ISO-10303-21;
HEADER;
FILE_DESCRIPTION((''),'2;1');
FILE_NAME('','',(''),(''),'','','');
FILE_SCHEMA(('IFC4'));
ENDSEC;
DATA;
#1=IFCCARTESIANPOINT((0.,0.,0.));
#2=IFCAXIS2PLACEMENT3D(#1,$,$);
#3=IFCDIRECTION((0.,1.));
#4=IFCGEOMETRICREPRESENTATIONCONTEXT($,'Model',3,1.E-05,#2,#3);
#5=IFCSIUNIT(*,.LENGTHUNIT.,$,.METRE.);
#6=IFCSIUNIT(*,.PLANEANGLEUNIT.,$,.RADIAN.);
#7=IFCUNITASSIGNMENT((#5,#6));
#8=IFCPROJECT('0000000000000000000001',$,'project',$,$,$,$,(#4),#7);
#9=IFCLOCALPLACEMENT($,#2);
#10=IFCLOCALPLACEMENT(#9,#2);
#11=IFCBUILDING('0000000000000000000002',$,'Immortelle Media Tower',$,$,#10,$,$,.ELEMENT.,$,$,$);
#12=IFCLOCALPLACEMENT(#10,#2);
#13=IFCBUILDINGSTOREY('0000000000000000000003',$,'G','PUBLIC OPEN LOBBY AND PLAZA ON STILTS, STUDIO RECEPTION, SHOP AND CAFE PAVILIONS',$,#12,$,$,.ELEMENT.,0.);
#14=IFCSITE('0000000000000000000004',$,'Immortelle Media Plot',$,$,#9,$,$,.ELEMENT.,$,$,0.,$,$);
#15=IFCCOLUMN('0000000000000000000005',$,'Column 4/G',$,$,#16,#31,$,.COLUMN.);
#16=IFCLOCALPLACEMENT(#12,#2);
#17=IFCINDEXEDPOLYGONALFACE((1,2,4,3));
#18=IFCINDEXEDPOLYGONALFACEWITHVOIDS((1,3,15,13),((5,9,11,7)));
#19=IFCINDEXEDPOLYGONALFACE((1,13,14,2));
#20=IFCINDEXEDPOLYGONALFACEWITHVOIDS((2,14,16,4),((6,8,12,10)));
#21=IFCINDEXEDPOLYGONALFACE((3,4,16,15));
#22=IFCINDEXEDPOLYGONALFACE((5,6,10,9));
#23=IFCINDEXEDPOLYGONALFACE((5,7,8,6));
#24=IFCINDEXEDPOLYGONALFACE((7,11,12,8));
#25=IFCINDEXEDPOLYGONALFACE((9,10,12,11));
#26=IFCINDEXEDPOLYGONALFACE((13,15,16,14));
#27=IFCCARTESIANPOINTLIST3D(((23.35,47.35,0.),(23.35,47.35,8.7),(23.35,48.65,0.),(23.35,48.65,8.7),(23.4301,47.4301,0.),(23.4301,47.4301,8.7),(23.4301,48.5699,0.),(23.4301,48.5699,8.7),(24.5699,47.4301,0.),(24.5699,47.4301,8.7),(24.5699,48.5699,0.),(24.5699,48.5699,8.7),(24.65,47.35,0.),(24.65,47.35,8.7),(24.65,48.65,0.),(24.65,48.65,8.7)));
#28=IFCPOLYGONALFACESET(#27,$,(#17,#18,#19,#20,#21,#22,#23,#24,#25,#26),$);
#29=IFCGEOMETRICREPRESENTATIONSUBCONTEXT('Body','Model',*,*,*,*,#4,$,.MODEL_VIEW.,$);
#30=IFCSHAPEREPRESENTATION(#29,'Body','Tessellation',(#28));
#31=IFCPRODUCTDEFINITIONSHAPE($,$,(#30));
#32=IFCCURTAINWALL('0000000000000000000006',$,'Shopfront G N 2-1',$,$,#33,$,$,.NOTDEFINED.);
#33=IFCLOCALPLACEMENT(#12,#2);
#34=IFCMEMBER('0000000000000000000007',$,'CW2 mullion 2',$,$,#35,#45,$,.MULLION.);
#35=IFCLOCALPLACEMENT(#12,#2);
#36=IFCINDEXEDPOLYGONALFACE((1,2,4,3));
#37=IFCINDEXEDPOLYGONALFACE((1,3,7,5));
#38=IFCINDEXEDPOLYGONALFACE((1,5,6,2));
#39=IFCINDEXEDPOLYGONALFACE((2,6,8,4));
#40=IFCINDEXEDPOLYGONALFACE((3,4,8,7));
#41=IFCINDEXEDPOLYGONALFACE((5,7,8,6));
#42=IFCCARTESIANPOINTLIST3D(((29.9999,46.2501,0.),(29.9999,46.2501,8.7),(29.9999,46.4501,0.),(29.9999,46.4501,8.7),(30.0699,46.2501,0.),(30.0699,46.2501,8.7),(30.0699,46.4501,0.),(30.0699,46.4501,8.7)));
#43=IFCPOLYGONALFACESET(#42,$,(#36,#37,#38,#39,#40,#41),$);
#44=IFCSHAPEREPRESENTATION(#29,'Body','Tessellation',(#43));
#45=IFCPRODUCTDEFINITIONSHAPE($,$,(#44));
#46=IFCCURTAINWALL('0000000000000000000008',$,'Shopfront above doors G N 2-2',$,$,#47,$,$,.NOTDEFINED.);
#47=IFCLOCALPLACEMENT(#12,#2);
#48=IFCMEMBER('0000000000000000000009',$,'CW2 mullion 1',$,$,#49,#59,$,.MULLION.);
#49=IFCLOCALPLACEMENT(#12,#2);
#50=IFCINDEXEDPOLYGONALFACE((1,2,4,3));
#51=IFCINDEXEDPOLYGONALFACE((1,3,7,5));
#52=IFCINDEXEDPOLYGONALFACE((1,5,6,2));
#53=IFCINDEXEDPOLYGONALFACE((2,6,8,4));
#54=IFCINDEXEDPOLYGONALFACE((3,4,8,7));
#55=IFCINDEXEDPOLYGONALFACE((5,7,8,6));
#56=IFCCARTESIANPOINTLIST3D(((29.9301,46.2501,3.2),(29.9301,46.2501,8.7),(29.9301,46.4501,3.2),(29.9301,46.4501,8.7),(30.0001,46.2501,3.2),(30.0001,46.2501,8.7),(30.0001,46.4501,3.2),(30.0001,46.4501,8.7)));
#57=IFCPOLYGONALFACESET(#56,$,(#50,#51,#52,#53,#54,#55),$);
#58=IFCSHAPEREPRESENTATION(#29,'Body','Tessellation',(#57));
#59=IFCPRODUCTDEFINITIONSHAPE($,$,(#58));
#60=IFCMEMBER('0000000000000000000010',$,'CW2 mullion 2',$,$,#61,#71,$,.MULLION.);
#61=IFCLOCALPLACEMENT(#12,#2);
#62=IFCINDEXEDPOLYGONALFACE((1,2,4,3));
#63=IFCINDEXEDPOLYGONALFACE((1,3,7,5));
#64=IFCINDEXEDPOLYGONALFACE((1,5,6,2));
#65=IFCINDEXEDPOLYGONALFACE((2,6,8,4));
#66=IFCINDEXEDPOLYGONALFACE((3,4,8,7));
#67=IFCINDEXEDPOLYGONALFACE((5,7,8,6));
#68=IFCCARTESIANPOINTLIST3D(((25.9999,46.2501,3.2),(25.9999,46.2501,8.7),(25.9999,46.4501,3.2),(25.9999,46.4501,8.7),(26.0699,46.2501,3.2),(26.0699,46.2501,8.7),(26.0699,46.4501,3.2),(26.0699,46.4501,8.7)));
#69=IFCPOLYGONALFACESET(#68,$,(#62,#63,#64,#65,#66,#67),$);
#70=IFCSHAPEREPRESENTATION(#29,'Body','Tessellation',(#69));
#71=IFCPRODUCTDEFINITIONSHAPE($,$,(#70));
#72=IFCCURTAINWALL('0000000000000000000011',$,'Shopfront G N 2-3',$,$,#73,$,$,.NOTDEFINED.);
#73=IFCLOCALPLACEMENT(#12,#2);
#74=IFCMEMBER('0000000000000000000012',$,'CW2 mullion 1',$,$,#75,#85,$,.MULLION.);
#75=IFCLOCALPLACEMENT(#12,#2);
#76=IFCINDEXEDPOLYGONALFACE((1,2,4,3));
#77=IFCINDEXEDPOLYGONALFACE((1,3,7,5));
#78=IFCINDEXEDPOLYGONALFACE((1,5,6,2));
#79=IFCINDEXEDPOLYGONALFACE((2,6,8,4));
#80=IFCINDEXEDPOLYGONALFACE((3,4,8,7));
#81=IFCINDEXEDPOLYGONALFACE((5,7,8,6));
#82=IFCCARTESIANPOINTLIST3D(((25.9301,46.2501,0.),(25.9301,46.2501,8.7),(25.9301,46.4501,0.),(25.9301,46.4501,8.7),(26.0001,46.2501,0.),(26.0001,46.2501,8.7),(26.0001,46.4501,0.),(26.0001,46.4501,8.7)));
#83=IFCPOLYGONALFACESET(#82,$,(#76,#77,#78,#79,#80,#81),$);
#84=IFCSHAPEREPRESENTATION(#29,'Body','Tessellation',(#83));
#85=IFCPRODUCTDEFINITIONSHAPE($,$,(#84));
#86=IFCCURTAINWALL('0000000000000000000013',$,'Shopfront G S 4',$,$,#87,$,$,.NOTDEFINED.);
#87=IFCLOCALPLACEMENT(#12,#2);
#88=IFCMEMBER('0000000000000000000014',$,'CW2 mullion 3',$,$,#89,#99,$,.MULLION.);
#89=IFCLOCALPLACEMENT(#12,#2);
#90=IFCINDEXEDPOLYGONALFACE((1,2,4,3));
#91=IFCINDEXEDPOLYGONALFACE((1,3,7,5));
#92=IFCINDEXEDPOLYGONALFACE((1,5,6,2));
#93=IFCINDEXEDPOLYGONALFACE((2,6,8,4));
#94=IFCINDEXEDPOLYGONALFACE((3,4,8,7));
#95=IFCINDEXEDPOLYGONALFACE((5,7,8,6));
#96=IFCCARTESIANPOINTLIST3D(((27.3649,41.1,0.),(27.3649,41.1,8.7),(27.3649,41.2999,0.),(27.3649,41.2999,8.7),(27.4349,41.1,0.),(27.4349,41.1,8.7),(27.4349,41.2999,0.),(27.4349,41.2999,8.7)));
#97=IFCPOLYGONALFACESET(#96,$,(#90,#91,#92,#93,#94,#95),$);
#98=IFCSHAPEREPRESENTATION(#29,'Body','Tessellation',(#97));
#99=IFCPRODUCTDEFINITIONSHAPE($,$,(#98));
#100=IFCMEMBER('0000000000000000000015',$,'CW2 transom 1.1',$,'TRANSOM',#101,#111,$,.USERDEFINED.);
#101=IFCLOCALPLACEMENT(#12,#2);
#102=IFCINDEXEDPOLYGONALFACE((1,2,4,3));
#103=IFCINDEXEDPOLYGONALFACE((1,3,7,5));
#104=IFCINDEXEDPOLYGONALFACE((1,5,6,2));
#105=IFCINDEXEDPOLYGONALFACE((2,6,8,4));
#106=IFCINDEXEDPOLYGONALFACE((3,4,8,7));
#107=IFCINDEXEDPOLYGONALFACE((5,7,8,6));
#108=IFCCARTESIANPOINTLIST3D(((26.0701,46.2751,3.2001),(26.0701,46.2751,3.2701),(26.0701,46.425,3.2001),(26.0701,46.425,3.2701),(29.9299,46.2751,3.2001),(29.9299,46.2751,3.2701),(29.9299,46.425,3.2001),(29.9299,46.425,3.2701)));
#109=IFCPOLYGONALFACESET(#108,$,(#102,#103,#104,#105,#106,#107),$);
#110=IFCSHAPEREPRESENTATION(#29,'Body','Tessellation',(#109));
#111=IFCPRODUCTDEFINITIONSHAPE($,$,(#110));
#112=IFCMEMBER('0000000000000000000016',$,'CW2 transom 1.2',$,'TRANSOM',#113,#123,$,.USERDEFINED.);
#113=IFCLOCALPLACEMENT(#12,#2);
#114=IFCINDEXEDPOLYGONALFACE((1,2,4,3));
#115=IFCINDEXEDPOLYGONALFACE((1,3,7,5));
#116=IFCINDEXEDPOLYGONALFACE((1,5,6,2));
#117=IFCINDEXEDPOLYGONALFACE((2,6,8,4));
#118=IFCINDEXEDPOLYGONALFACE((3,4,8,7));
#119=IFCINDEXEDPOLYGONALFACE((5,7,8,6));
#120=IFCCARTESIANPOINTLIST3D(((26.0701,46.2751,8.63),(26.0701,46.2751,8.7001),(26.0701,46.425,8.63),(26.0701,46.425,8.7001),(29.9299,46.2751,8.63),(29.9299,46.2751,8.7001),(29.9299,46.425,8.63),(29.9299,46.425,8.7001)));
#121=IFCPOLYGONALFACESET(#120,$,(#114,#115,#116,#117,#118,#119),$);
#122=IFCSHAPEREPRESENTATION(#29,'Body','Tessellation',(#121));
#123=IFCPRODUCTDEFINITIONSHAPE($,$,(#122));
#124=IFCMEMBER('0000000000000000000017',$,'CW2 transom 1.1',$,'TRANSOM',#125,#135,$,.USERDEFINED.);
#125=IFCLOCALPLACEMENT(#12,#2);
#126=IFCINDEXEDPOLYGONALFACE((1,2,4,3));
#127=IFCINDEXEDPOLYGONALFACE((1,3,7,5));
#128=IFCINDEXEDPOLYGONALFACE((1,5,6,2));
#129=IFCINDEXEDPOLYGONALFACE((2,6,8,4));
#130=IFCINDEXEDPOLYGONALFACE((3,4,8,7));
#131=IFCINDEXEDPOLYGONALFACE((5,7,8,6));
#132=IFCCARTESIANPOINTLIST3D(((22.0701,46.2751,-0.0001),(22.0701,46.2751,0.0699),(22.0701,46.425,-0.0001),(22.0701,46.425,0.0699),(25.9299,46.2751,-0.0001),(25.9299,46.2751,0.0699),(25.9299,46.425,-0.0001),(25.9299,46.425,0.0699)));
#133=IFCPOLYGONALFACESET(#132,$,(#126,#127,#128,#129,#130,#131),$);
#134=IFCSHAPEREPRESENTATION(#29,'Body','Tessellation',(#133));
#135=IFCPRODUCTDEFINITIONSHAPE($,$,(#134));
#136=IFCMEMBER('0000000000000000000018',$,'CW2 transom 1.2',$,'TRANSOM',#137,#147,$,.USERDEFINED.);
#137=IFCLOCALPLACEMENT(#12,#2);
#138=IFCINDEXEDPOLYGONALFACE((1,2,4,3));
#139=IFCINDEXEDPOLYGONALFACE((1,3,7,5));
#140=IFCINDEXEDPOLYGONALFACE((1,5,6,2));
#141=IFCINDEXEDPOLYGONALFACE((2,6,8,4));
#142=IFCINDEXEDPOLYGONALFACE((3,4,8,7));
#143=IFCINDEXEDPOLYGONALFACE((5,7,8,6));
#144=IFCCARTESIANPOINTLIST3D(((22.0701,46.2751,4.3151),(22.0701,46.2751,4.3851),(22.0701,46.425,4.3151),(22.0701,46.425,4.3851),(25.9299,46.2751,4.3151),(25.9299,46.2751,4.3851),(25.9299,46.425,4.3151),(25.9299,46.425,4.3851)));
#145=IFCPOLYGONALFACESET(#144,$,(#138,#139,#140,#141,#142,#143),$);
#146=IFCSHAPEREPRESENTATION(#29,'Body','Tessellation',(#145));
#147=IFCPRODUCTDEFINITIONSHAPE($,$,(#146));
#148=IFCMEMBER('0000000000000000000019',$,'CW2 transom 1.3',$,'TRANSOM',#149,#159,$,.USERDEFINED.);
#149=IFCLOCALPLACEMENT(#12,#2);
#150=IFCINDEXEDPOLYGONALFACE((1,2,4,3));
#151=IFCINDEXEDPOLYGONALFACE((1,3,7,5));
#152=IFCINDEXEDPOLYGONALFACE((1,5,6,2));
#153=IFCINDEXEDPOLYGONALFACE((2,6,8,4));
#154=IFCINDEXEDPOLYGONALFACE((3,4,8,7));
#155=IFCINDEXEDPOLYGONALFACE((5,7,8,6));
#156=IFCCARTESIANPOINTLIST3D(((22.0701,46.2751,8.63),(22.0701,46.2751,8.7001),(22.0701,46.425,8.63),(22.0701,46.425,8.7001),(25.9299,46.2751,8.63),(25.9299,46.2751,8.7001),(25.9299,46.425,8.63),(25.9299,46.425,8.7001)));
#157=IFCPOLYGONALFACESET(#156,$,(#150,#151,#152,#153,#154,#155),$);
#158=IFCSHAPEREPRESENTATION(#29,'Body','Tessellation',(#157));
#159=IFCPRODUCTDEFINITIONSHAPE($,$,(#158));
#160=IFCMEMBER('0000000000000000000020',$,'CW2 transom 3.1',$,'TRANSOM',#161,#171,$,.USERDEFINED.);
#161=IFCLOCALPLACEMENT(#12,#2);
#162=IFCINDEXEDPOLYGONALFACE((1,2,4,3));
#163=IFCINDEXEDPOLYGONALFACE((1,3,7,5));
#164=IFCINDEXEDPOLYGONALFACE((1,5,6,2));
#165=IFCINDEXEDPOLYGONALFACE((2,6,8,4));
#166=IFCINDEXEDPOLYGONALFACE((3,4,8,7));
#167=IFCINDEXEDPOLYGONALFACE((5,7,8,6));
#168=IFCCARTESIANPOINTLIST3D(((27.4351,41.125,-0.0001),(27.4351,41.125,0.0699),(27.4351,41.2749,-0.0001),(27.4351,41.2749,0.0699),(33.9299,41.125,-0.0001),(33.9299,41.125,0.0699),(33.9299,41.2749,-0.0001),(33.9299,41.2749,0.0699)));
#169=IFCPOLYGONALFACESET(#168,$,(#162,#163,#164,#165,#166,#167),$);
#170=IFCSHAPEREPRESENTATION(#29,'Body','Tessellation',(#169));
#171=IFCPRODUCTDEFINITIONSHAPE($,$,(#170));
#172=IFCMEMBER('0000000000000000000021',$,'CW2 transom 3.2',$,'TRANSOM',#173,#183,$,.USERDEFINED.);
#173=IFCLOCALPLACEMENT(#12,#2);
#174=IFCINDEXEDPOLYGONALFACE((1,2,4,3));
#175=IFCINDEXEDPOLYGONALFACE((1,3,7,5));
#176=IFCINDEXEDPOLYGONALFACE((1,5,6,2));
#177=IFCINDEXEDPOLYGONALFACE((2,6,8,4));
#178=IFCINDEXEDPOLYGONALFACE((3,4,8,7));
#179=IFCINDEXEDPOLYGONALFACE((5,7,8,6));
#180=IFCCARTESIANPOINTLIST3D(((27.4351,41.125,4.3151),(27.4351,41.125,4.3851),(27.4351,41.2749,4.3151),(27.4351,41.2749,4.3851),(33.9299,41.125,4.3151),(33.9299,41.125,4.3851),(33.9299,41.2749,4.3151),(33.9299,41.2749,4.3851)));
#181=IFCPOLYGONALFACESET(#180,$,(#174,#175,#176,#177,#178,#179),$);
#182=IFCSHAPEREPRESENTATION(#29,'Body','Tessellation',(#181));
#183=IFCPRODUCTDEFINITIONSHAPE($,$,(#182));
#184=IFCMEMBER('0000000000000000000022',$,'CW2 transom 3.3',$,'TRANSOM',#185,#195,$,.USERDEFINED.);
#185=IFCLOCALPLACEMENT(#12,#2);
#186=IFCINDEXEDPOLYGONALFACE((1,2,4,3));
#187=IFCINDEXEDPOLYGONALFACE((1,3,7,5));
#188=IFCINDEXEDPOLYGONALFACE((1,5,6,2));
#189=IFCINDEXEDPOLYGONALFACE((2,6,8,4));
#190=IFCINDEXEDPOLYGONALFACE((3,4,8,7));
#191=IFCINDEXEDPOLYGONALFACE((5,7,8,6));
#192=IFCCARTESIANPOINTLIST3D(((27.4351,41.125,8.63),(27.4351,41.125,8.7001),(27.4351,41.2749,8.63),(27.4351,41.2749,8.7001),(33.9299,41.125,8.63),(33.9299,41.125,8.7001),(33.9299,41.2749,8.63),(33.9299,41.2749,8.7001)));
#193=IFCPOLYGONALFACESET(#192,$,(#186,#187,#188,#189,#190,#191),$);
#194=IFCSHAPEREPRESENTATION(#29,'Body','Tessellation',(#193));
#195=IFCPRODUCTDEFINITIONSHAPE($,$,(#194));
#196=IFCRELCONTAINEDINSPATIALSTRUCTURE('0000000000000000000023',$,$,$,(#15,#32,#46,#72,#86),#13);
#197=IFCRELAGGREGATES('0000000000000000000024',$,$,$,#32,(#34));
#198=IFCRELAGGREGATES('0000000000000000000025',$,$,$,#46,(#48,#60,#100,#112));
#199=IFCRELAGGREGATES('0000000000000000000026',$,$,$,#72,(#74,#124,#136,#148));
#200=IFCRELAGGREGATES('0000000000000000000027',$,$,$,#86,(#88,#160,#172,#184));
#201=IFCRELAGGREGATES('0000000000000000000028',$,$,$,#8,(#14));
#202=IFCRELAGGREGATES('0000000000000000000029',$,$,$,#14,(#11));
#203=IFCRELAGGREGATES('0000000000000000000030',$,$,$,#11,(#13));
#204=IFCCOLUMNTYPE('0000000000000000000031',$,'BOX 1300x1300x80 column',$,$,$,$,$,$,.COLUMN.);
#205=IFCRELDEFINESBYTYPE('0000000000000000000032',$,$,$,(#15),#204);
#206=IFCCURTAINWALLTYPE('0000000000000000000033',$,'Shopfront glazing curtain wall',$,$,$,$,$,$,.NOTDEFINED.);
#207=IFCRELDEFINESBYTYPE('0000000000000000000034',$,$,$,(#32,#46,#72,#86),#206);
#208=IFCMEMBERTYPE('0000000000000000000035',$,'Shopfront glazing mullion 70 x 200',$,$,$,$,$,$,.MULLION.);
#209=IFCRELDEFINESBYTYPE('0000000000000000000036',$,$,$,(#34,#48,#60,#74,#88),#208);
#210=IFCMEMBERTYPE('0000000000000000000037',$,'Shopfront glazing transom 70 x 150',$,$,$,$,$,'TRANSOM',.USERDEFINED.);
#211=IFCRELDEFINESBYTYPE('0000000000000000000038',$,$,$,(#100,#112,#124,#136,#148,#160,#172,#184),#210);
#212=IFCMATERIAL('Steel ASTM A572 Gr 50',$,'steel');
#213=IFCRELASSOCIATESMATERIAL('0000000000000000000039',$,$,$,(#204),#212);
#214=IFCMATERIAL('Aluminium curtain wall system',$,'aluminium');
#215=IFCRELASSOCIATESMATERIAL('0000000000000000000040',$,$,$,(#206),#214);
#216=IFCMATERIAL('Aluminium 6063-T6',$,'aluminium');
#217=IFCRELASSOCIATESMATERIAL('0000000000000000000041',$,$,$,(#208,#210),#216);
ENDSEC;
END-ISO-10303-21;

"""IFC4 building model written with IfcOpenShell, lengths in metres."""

from ifc_helpers import new_model, si_unit, direction, frame, origin, origin_2d, place, context, subcontext, project, spatial, rectangle, hollow_rectangle, extrude, material, material_profile, profile_set, type_object, element, aggregate, save


model = new_model("IFC4")

# Units and contexts
model_context = context("Model", 3, precision=1e-05, world=origin(), true_north=direction((0.0, 1.0)))
body_context = subcontext(model_context, "Body", "Model", "MODEL_VIEW")
ifc_project = project(units=[si_unit("LENGTHUNIT", "METRE"), si_unit("PLANEANGLEUNIT", "RADIAN")], contexts=[model_context])

# Site, building, storey
site_placement = place(None, origin())
site = spatial("IfcSite", under=ifc_project, at=site_placement, Name="Immortelle Media Plot", CompositionType="ELEMENT", RefElevation=0.0)
building_placement = place(site_placement, origin())
building = spatial("IfcBuilding", under=site, at=building_placement, Name="Immortelle Media Tower", CompositionType="ELEMENT")
storey_placement = place(building_placement, origin())
storey = spatial("IfcBuildingStorey", under=building, at=storey_placement, Name="G", Description="PUBLIC OPEN LOBBY AND PLAZA ON STILTS, STUDIO RECEPTION, SHOP AND CAFE PAVILIONS", CompositionType="ELEMENT", Elevation=0.0)

# Column
ifc_material_1 = material(Name="Steel ASTM A572 Gr 50", Category="steel")
ifc_material_profile_1 = material_profile(ifc_material_1, hollow_rectangle(XDim=1.3, YDim=1.3, WallThickness=0.0801, at=origin_2d()), Name="BOX 1300x1300x80 column")
ifc_profile_set_1 = profile_set([ifc_material_profile_1], Name="Steel ASTM A572 Gr 50")
column_type = type_object("IfcColumnType", Name="BOX 1300x1300x80 column", PredefinedType="COLUMN", material=ifc_profile_set_1)
column_placement = place(storey_placement, frame((24.0, 48.0, 0.0), z_axis=(0.0, 0.0, 1.0), x_axis=(1.0, 0.0, 0.0)))
element("IfcColumn", 1, at=column_placement, inside=storey, type_object=column_type, Name="Column 4/G", PredefinedType="COLUMN", context=body_context, shape_type="SweptSolid", body=[
    extrude(hollow_rectangle(XDim=1.3, YDim=1.3, WallThickness=0.0801, at=origin_2d()), origin(), (0.0, 0.0, 1.0), 8.7),
])

# Curtain wall, member
ifc_material_2 = material(Name="Aluminium curtain wall system", Category="aluminium")
curtain_wall_type = type_object("IfcCurtainWallType", Name="Shopfront glazing curtain wall", PredefinedType="NOTDEFINED", material=ifc_material_2)
curtain_wall_1_placement = place(storey_placement, origin())
curtain_wall_1 = element("IfcCurtainWall", 2, at=curtain_wall_1_placement, inside=storey, type_object=curtain_wall_type, Name="Shopfront G N 2-1", PredefinedType="NOTDEFINED")
ifc_material_3 = material(Name="Aluminium 6063-T6", Category="aluminium")
ifc_material_profile_2 = material_profile(ifc_material_3, rectangle(XDim=0.2, YDim=0.0701, at=origin_2d()), Name="AL 70x200")
ifc_profile_set_2 = profile_set([ifc_material_profile_2], Name="Aluminium 6063-T6")
member_type_1 = type_object("IfcMemberType", Name="Shopfront glazing mullion 70 x 200", PredefinedType="MULLION", material=ifc_profile_set_2)
member_1_placement = place(storey_placement, frame((30.0349, 46.3501, 0.0), z_axis=(0.0, 0.0, 1.0), x_axis=(0.0, -1.0, 0.0)))
member_1 = element("IfcMember", 3, at=member_1_placement, type_object=member_type_1, Name="CW2 mullion 2", PredefinedType="MULLION", context=body_context, shape_type="SweptSolid", body=[
    extrude(rectangle(XDim=0.2, YDim=0.0701, at=origin_2d()), origin(), (0.0, 0.0, 1.0), 8.7),
])

# Curtain wall, members
curtain_wall_2_placement = place(storey_placement, origin())
curtain_wall_2 = element("IfcCurtainWall", 4, at=curtain_wall_2_placement, inside=storey, type_object=curtain_wall_type, Name="Shopfront above doors G N 2-2", PredefinedType="NOTDEFINED")
member_2_placement = place(storey_placement, frame((29.9651, 46.3501, 3.2), z_axis=(0.0, 0.0, 1.0), x_axis=(0.0, -1.0, 0.0)))
member_2 = element("IfcMember", 5, at=member_2_placement, type_object=member_type_1, Name="CW2 mullion 1", PredefinedType="MULLION", context=body_context, shape_type="SweptSolid", body=[
    extrude(rectangle(XDim=0.2, YDim=0.0701, at=origin_2d()), origin(), (0.0, 0.0, 1.0), 5.5),
])
member_3_placement = place(storey_placement, frame((26.0349, 46.3501, 3.2), z_axis=(0.0, 0.0, 1.0), x_axis=(0.0, -1.0, 0.0)))
member_3 = element("IfcMember", 6, at=member_3_placement, type_object=member_type_1, Name="CW2 mullion 2", PredefinedType="MULLION", context=body_context, shape_type="SweptSolid", body=[
    extrude(rectangle(XDim=0.2, YDim=0.0701, at=origin_2d()), origin(), (0.0, 0.0, 1.0), 5.5),
])

# Curtain walls, members
curtain_wall_3_placement = place(storey_placement, origin())
curtain_wall_3 = element("IfcCurtainWall", 7, at=curtain_wall_3_placement, inside=storey, type_object=curtain_wall_type, Name="Shopfront G N 2-3", PredefinedType="NOTDEFINED")
member_4_placement = place(storey_placement, frame((25.9651, 46.3501, 0.0), z_axis=(0.0, 0.0, 1.0), x_axis=(0.0, -1.0, 0.0)))
member_4 = element("IfcMember", 8, at=member_4_placement, type_object=member_type_1, Name="CW2 mullion 1", PredefinedType="MULLION", context=body_context, shape_type="SweptSolid", body=[
    extrude(rectangle(XDim=0.2, YDim=0.0701, at=origin_2d()), origin(), (0.0, 0.0, 1.0), 8.7),
])
curtain_wall_4_placement = place(storey_placement, origin())
curtain_wall_4 = element("IfcCurtainWall", 9, at=curtain_wall_4_placement, inside=storey, type_object=curtain_wall_type, Name="Shopfront G S 4", PredefinedType="NOTDEFINED")
member_5_placement = place(storey_placement, frame((27.3999, 41.2, 0.0), z_axis=(0.0, 0.0, 1.0), x_axis=(0.0, 1.0, 0.0)))
member_5 = element("IfcMember", 10, at=member_5_placement, type_object=member_type_1, Name="CW2 mullion 3", PredefinedType="MULLION", context=body_context, shape_type="SweptSolid", body=[
    extrude(rectangle(XDim=0.2, YDim=0.0701, at=origin_2d()), origin(), (0.0, 0.0, 1.0), 8.7),
])

# Members
ifc_material_profile_3 = material_profile(ifc_material_3, rectangle(XDim=0.1499, YDim=0.0701, at=origin_2d()), Name="AL 70x150")
ifc_profile_set_3 = profile_set([ifc_material_profile_3], Name="Aluminium 6063-T6")
member_type_2 = type_object("IfcMemberType", Name="Shopfront glazing transom 70 x 150", ElementType="TRANSOM", PredefinedType="USERDEFINED", material=ifc_profile_set_3)
member_6_placement = place(storey_placement, frame((29.9299, 46.3501, 3.2351), z_axis=(-1.0, 0.0, 0.0), x_axis=(0.0, -1.0, 0.0)))
member_6 = element("IfcMember", 11, at=member_6_placement, type_object=member_type_2, Name="CW2 transom 1.1", ObjectType="TRANSOM", PredefinedType="USERDEFINED", context=body_context, shape_type="SweptSolid", body=[
    extrude(rectangle(XDim=0.1499, YDim=0.0701, at=origin_2d()), origin(), (0.0, 0.0, 1.0), 3.8599),
])
member_7_placement = place(storey_placement, frame((29.9299, 46.3501, 8.665), z_axis=(-1.0, 0.0, 0.0), x_axis=(0.0, -1.0, 0.0)))
member_7 = element("IfcMember", 12, at=member_7_placement, type_object=member_type_2, Name="CW2 transom 1.2", ObjectType="TRANSOM", PredefinedType="USERDEFINED", context=body_context, shape_type="SweptSolid", body=[
    extrude(rectangle(XDim=0.1499, YDim=0.0701, at=origin_2d()), origin(), (0.0, 0.0, 1.0), 3.8599),
])
member_8_placement = place(storey_placement, frame((25.9299, 46.3501, 0.0349), z_axis=(-1.0, 0.0, 0.0), x_axis=(0.0, -1.0, 0.0)))
member_8 = element("IfcMember", 13, at=member_8_placement, type_object=member_type_2, Name="CW2 transom 1.1", ObjectType="TRANSOM", PredefinedType="USERDEFINED", context=body_context, shape_type="SweptSolid", body=[
    extrude(rectangle(XDim=0.1499, YDim=0.0701, at=origin_2d()), origin(), (0.0, 0.0, 1.0), 3.8599),
])
member_9_placement = place(storey_placement, frame((25.9299, 46.3501, 4.3501), z_axis=(-1.0, 0.0, 0.0), x_axis=(0.0, -1.0, 0.0)))
member_9 = element("IfcMember", 14, at=member_9_placement, type_object=member_type_2, Name="CW2 transom 1.2", ObjectType="TRANSOM", PredefinedType="USERDEFINED", context=body_context, shape_type="SweptSolid", body=[
    extrude(rectangle(XDim=0.1499, YDim=0.0701, at=origin_2d()), origin(), (0.0, 0.0, 1.0), 3.8599),
])
member_10_placement = place(storey_placement, frame((25.9299, 46.3501, 8.665), z_axis=(-1.0, 0.0, 0.0), x_axis=(0.0, -1.0, 0.0)))
member_10 = element("IfcMember", 15, at=member_10_placement, type_object=member_type_2, Name="CW2 transom 1.3", ObjectType="TRANSOM", PredefinedType="USERDEFINED", context=body_context, shape_type="SweptSolid", body=[
    extrude(rectangle(XDim=0.1499, YDim=0.0701, at=origin_2d()), origin(), (0.0, 0.0, 1.0), 3.8599),
])
member_11_placement = place(storey_placement, frame((27.4351, 41.2, 0.0349), z_axis=(1.0, 0.0, 0.0), x_axis=(0.0, 1.0, 0.0)))
member_11 = element("IfcMember", 16, at=member_11_placement, type_object=member_type_2, Name="CW2 transom 3.1", ObjectType="TRANSOM", PredefinedType="USERDEFINED", context=body_context, shape_type="SweptSolid", body=[
    extrude(rectangle(XDim=0.1499, YDim=0.0701, at=origin_2d()), origin(), (0.0, 0.0, 1.0), 6.4949),
])
member_12_placement = place(storey_placement, frame((27.4351, 41.2, 4.3501), z_axis=(1.0, 0.0, 0.0), x_axis=(0.0, 1.0, 0.0)))
member_12 = element("IfcMember", 17, at=member_12_placement, type_object=member_type_2, Name="CW2 transom 3.2", ObjectType="TRANSOM", PredefinedType="USERDEFINED", context=body_context, shape_type="SweptSolid", body=[
    extrude(rectangle(XDim=0.1499, YDim=0.0701, at=origin_2d()), origin(), (0.0, 0.0, 1.0), 6.4949),
])
member_13_placement = place(storey_placement, frame((27.4351, 41.2, 8.665), z_axis=(1.0, 0.0, 0.0), x_axis=(0.0, 1.0, 0.0)))
member_13 = element("IfcMember", 18, at=member_13_placement, type_object=member_type_2, Name="CW2 transom 3.3", ObjectType="TRANSOM", PredefinedType="USERDEFINED", context=body_context, shape_type="SweptSolid", body=[
    extrude(rectangle(XDim=0.1499, YDim=0.0701, at=origin_2d()), origin(), (0.0, 0.0, 1.0), 6.4949),
])

aggregate(curtain_wall_1, [member_1])
aggregate(curtain_wall_2, [member_2, member_3, member_6, member_7])
aggregate(curtain_wall_3, [member_4, member_8, member_9, member_10])
aggregate(curtain_wall_4, [member_5, member_11, member_12, member_13])

save(model, "model.ifc")
